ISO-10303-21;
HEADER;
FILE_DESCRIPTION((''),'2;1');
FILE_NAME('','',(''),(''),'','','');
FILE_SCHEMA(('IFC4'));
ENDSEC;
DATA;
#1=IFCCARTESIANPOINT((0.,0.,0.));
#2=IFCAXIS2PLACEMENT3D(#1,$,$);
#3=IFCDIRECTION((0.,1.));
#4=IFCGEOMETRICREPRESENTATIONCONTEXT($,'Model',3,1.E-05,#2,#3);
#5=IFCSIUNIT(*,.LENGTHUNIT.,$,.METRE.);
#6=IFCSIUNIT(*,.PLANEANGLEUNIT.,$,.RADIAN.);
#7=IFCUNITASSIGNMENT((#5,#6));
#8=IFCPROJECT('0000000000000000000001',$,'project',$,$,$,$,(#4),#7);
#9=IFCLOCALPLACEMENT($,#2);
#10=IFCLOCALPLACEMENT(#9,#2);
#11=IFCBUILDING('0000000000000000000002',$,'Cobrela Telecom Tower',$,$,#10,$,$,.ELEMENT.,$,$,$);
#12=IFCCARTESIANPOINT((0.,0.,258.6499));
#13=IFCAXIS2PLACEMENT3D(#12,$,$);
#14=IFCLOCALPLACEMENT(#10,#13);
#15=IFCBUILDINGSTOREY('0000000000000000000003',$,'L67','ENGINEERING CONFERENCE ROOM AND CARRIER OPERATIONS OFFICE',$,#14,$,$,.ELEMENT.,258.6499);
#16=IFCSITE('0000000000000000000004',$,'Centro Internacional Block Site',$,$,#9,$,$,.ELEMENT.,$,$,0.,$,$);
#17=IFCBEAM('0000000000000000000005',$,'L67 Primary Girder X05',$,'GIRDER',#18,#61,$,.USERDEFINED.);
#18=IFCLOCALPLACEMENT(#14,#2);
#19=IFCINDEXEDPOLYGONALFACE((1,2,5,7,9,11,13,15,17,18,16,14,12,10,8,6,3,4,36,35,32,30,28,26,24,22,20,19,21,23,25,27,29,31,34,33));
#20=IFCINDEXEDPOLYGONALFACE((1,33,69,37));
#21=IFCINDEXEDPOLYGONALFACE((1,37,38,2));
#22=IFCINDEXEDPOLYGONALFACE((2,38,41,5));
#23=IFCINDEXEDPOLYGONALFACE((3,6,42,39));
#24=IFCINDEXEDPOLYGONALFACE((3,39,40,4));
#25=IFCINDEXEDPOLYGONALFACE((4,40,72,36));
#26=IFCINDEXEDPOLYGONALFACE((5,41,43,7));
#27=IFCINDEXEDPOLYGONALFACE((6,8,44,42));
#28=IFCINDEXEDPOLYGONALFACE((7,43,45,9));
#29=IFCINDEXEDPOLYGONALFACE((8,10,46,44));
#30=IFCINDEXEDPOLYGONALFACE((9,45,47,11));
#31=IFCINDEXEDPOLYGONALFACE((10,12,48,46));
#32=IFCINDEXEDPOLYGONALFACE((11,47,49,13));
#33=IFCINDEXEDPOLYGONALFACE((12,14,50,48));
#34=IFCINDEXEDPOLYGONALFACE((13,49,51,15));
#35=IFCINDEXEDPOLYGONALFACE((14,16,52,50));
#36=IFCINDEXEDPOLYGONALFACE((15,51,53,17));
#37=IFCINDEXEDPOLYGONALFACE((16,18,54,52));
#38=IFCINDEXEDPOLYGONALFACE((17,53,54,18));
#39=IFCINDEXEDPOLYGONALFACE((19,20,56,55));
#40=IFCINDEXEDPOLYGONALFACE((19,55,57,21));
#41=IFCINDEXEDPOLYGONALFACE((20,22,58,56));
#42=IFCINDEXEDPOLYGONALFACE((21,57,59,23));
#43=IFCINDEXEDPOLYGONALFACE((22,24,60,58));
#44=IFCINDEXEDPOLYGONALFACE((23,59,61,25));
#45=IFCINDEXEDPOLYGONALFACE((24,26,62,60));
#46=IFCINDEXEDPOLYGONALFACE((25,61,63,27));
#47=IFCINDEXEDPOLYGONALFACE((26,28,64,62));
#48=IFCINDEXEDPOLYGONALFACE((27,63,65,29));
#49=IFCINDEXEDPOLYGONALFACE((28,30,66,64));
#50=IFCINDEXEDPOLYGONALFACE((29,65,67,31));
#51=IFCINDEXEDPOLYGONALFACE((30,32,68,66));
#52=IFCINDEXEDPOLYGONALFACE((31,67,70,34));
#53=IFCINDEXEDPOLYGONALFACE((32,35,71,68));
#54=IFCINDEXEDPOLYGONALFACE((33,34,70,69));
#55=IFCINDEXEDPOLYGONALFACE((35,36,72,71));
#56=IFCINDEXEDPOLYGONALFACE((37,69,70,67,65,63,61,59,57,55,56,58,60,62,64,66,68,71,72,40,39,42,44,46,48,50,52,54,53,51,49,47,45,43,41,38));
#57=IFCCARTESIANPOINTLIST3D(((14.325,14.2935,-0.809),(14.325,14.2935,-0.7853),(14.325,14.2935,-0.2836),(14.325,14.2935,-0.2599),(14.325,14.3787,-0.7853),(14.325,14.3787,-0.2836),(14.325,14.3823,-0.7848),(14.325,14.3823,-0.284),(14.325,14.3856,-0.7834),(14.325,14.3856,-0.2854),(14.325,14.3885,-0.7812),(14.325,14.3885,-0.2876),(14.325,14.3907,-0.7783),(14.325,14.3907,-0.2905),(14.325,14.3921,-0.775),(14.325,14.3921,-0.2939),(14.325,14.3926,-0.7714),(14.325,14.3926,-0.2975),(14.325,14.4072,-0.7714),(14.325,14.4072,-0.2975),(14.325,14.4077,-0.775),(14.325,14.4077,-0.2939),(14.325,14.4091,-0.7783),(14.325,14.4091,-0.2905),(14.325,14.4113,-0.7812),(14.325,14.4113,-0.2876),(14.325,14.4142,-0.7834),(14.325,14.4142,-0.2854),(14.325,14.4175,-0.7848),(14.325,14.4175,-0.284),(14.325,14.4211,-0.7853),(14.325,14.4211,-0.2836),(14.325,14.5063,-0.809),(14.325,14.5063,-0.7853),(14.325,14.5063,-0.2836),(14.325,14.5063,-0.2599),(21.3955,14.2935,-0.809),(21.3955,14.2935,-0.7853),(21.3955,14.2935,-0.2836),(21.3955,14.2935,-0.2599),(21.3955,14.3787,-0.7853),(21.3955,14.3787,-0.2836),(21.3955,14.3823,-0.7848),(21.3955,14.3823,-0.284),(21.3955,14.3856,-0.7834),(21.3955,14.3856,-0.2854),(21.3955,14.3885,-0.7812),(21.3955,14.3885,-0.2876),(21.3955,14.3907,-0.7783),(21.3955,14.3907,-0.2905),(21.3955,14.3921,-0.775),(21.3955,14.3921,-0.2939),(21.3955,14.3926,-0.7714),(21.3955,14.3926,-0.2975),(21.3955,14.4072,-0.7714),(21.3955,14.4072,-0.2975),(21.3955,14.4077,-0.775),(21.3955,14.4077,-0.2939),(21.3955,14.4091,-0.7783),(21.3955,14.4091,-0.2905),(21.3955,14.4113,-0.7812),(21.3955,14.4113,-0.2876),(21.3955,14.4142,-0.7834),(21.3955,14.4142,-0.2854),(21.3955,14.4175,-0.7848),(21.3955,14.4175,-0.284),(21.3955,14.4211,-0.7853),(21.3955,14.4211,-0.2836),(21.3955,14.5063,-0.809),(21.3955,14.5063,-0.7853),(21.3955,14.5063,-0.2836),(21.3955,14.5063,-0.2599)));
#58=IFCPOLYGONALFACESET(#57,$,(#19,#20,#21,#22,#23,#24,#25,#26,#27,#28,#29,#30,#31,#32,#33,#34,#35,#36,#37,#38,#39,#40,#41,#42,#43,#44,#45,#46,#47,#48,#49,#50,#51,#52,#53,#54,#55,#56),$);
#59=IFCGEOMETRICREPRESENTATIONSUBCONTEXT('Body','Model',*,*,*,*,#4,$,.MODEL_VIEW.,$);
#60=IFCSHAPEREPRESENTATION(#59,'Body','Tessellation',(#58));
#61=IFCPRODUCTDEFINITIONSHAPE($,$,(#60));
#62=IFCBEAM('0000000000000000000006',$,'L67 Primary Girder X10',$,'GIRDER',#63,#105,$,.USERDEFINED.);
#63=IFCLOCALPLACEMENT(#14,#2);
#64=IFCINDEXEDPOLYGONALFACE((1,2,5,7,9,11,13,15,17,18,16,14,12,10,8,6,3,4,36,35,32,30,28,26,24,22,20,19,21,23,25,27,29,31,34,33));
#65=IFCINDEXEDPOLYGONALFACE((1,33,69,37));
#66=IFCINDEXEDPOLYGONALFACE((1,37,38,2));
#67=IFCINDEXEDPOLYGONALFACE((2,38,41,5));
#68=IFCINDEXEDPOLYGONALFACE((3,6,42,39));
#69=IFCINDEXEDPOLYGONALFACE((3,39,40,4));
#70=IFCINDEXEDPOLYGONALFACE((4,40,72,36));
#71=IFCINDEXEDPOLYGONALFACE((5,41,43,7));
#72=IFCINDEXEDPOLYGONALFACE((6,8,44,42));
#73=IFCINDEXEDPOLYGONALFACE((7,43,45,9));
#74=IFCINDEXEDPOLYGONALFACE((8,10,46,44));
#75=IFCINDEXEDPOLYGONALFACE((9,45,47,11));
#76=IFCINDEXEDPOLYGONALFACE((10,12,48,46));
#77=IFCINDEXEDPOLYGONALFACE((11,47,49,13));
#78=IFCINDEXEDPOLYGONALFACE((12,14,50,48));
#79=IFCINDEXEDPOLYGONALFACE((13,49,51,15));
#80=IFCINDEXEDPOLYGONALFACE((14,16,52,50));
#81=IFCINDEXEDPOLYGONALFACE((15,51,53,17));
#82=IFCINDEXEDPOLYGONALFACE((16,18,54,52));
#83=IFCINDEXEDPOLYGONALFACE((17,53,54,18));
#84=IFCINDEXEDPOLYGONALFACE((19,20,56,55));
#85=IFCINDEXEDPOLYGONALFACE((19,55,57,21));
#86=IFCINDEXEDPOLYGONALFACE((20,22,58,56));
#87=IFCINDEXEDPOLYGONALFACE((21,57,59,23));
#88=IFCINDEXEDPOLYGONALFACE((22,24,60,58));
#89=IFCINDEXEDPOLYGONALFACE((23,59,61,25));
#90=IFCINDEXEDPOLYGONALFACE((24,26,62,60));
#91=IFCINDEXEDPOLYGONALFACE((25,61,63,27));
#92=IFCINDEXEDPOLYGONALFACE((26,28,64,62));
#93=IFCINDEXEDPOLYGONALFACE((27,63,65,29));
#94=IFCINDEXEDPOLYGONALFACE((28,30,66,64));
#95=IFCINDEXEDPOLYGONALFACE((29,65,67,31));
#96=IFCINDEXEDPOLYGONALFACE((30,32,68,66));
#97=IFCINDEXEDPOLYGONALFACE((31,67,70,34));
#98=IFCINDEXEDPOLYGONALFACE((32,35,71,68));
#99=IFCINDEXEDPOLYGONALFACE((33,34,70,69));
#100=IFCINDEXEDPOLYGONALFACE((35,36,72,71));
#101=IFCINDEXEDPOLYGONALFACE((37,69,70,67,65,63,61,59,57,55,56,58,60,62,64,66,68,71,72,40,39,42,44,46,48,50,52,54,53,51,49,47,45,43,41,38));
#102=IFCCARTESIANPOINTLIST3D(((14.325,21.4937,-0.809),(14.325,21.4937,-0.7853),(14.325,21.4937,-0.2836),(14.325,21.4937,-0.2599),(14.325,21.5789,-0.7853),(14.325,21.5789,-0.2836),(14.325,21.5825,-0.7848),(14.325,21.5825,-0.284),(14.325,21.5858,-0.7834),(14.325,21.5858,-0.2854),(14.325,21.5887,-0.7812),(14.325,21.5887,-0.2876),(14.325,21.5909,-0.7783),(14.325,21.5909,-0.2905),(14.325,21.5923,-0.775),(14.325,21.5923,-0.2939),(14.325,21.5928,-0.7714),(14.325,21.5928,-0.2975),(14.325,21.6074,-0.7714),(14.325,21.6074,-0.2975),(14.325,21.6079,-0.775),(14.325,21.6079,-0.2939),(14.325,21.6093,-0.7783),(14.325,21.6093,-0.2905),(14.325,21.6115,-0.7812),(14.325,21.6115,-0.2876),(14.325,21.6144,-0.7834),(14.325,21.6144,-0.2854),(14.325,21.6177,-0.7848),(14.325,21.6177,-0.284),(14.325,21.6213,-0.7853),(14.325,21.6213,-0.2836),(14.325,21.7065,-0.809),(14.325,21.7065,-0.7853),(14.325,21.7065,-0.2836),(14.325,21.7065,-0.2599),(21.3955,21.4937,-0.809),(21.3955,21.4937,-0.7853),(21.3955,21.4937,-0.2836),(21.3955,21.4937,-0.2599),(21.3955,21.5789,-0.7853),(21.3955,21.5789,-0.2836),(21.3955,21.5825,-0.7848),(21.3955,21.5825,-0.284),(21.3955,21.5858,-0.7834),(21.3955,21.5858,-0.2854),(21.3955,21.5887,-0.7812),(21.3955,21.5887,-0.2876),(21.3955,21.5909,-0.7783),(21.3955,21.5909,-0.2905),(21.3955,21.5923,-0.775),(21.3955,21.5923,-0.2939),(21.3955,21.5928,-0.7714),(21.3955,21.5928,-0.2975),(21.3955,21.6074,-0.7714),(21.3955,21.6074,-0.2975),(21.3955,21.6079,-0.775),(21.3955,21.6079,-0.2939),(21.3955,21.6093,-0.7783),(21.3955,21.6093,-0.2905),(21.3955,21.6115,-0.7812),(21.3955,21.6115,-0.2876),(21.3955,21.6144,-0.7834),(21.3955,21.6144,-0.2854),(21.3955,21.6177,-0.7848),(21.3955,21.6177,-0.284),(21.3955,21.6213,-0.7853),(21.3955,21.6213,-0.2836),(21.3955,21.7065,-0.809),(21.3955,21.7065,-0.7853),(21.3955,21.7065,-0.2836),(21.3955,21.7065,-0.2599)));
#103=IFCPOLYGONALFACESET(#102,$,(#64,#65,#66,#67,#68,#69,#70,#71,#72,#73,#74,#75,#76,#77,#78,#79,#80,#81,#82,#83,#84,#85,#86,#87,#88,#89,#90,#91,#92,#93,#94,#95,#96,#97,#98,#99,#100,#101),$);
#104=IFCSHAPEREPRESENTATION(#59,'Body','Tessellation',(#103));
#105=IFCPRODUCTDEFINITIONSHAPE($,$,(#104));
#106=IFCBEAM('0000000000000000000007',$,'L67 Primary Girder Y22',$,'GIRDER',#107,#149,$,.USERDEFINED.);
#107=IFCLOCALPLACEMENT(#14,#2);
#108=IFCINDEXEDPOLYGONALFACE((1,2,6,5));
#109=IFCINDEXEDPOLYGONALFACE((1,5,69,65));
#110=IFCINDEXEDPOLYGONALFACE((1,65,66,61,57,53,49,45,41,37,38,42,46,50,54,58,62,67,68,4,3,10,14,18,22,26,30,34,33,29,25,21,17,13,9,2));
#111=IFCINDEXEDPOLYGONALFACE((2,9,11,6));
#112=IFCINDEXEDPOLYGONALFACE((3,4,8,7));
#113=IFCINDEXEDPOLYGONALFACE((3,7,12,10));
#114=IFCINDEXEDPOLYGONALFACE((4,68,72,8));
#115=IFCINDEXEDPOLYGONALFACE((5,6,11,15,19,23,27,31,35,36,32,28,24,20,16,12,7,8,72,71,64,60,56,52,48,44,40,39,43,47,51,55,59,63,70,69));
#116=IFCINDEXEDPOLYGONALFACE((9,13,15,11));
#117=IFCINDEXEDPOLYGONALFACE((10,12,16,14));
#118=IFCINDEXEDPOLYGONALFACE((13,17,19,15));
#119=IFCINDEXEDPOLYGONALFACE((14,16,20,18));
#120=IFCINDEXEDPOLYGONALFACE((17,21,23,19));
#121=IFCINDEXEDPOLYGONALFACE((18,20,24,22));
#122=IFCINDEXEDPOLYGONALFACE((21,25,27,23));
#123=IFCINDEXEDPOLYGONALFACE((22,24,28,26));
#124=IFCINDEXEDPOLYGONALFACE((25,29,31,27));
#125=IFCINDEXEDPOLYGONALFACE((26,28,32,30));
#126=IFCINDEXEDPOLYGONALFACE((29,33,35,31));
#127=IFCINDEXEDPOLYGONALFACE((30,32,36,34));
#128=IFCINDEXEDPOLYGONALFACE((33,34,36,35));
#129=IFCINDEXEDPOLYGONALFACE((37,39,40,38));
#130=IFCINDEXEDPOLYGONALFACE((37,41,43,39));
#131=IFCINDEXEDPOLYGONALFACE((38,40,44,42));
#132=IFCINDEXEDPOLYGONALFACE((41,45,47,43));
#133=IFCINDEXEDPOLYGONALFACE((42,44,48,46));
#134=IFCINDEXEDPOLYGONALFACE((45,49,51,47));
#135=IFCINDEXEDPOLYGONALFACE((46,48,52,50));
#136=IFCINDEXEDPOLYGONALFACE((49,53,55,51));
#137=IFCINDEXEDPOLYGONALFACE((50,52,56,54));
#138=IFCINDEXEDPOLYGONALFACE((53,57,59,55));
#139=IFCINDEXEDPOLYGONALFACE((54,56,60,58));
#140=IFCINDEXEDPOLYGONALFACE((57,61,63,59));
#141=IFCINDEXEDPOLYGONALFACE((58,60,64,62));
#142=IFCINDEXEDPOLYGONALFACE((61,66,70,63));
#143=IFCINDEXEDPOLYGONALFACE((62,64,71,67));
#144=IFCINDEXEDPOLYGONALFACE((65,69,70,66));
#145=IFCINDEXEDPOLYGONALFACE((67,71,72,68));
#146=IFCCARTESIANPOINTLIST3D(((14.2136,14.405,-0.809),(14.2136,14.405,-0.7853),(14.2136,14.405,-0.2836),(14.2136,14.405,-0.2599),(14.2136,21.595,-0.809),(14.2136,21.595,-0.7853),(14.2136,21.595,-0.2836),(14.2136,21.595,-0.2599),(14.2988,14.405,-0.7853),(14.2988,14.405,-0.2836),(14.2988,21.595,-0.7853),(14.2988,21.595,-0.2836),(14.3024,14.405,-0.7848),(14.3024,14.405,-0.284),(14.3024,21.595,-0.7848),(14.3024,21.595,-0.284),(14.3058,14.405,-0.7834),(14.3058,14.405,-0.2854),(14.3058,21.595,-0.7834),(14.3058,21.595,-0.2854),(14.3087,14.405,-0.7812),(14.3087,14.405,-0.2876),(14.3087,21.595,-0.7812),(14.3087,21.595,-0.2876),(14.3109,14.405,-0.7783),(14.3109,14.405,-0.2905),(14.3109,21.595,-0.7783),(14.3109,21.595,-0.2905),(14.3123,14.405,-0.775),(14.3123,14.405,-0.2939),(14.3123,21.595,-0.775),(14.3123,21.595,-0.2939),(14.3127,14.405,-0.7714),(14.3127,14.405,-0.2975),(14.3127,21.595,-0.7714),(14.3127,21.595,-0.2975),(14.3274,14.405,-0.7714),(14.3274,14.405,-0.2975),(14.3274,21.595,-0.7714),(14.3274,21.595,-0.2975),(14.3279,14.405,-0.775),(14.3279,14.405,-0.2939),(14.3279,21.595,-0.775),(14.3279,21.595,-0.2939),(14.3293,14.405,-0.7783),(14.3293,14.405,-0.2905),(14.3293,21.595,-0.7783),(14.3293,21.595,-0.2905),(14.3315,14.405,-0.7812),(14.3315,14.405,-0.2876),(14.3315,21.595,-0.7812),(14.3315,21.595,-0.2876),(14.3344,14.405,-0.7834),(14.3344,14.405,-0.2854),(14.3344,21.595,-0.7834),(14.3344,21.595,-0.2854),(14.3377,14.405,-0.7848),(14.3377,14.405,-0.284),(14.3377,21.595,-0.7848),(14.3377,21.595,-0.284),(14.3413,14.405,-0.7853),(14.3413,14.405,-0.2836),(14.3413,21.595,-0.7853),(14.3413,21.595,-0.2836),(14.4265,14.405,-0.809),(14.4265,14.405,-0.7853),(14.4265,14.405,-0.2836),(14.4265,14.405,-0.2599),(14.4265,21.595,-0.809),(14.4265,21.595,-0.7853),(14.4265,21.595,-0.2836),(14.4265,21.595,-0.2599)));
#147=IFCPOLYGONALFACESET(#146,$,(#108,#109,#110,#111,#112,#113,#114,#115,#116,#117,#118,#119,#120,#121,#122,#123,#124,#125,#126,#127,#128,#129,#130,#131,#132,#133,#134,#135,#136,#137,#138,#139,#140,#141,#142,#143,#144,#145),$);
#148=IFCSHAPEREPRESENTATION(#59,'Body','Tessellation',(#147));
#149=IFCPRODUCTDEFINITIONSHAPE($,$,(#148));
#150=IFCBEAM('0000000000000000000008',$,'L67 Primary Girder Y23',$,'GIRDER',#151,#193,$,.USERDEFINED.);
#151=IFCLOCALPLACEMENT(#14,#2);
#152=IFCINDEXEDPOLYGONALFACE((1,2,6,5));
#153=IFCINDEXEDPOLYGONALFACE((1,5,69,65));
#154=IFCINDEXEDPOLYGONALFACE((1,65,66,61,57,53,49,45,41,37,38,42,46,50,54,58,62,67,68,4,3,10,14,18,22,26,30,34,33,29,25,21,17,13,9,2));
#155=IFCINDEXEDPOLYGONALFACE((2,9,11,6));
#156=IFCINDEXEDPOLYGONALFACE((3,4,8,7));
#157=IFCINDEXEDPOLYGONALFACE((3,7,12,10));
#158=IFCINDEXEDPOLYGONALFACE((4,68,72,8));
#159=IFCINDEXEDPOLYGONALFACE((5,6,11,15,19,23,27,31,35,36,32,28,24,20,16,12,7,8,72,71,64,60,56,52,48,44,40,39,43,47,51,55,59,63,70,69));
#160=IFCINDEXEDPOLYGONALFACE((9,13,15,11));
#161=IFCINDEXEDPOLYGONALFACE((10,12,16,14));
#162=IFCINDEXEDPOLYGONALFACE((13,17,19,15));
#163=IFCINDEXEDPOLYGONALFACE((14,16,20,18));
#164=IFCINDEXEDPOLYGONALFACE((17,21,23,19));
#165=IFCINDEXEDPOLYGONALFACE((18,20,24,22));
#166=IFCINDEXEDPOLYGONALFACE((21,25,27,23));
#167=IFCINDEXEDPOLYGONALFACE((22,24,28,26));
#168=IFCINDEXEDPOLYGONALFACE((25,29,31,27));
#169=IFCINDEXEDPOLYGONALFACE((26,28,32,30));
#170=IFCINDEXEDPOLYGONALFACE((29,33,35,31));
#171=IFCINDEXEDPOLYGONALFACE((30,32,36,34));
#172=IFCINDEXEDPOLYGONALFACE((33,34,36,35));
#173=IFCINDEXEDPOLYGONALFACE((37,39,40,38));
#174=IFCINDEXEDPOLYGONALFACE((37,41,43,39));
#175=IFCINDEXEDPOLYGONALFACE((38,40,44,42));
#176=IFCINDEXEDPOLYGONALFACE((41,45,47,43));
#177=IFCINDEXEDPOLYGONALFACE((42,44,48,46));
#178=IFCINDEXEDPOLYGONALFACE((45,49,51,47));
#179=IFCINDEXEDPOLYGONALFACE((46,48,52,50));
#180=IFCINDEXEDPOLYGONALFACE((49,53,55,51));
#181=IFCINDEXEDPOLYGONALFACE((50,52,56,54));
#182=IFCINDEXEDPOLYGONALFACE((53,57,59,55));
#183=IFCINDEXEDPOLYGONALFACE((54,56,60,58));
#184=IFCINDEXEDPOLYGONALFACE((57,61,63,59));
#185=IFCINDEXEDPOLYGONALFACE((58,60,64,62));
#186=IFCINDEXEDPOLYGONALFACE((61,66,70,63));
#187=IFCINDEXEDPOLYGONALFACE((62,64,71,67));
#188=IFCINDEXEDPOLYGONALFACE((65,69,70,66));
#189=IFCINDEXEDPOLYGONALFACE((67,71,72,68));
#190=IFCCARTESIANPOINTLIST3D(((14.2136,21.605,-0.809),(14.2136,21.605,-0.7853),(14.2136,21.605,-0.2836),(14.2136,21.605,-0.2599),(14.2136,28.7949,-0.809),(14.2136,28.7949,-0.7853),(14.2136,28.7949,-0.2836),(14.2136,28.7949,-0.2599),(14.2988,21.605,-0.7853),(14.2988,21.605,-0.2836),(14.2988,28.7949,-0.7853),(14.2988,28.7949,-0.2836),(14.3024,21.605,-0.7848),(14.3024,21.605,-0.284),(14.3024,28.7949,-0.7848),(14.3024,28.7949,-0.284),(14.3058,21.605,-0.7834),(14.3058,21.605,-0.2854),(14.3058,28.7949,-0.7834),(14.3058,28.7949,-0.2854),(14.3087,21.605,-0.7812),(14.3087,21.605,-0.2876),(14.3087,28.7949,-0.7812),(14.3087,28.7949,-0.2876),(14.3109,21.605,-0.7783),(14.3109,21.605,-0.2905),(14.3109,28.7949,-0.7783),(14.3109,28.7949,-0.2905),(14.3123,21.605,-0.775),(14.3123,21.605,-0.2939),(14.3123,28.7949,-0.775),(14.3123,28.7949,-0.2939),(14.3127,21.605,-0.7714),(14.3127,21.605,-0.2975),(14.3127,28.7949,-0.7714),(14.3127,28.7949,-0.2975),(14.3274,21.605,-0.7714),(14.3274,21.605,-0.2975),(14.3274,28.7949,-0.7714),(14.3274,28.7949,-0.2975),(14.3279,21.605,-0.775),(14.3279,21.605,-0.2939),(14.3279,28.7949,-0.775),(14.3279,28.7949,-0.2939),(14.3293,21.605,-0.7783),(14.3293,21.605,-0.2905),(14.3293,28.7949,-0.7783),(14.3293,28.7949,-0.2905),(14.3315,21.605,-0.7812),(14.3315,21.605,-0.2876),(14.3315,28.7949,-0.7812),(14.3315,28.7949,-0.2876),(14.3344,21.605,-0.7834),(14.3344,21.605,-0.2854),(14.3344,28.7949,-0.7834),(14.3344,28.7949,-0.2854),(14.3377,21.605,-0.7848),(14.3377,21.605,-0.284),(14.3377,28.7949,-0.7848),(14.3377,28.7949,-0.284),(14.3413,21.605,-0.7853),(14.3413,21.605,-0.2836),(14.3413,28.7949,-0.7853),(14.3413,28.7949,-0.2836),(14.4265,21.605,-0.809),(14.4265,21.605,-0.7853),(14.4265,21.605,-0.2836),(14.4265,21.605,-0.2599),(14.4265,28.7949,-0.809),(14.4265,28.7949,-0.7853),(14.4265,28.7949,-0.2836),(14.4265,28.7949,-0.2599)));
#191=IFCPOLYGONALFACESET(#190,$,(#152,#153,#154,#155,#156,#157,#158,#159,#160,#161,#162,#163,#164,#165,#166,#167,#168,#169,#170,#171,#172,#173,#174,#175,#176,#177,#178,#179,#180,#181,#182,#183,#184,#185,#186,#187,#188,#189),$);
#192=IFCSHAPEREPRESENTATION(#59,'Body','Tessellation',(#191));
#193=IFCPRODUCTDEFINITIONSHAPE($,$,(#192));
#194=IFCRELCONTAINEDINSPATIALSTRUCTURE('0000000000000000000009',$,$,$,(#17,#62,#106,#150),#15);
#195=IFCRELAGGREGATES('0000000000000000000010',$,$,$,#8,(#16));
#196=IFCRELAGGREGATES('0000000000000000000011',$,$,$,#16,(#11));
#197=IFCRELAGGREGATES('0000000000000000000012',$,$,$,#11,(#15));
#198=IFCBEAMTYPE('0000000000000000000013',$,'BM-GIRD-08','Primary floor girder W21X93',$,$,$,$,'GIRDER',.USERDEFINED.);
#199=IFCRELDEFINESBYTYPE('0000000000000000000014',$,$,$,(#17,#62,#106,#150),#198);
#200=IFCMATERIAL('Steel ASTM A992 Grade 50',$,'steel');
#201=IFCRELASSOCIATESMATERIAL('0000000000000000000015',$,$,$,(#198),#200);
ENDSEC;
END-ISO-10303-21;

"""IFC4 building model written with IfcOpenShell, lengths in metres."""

from ifc_helpers import new_model, si_unit, direction, frame, origin, origin_2d, place, context, subcontext, project, spatial, i_section, extrude, material, material_profile, profile_set, type_object, element, save


model = new_model("IFC4")

# Units and contexts
model_context = context("Model", 3, precision=1e-05, world=origin(), true_north=direction((0.0, 1.0)))
body_context = subcontext(model_context, "Body", "Model", "MODEL_VIEW")
ifc_project = project(units=[si_unit("LENGTHUNIT", "METRE"), si_unit("PLANEANGLEUNIT", "RADIAN")], contexts=[model_context])

# Site, building, storey
site_placement = place(None, origin())
site = spatial("IfcSite", under=ifc_project, at=site_placement, Name="Centro Internacional Block Site", CompositionType="ELEMENT", RefElevation=0.0)
building_placement = place(site_placement, origin())
building = spatial("IfcBuilding", under=site, at=building_placement, Name="Cobrela Telecom Tower", CompositionType="ELEMENT")
storey_placement = place(building_placement, frame((0.0, 0.0, 258.6499)))
storey = spatial("IfcBuildingStorey", under=building, at=storey_placement, Name="L67", Description="ENGINEERING CONFERENCE ROOM AND CARRIER OPERATIONS OFFICE", CompositionType="ELEMENT", Elevation=258.6499)

# Beams
ifc_material_1 = material(Name="Steel ASTM A992 Grade 50", Category="steel")
ifc_material_profile_1 = material_profile(ifc_material_1, i_section(OverallWidth=0.2129, OverallDepth=0.5491, WebThickness=0.0146, FlangeThickness=0.0237, FilletRadius=0.0139, at=origin_2d()), Name="W21X93")
ifc_profile_set_1 = profile_set([ifc_material_profile_1], Name="Steel ASTM A992 Grade 50")
beam_type_1 = type_object("IfcBeamType", Name="BM-GIRD-08", Description="Primary floor girder W21X93", ElementType="GIRDER", PredefinedType="USERDEFINED", material=ifc_profile_set_1)
for number, where, z_axis, x_axis, name in (
    (1, (14.325, 14.3999, -0.5344), (1.0, 0.0, 0.0), (0.0, 1.0, 0.0), "L67 Primary Girder X05"),
    (2, (14.325, 21.6001, -0.5344), (1.0, 0.0, 0.0), (0.0, 1.0, 0.0), "L67 Primary Girder X10"),
):
    element("IfcBeam", number, at=place(storey_placement, frame(where, z_axis=z_axis, x_axis=x_axis)), inside=storey, type_object=beam_type_1, Name=name, ObjectType="GIRDER", PredefinedType="USERDEFINED", context=body_context, shape_type="SweptSolid", body=[
        extrude(i_section(OverallWidth=0.2129, OverallDepth=0.5491, WebThickness=0.0146, FlangeThickness=0.0237, FilletRadius=0.0139, at=origin_2d()), origin(), (0.0, 0.0, 1.0), 7.0706),
    ])
for number, where, z_axis, x_axis, name in (
    (3, (14.3201, 14.405, -0.5344), (0.0, 1.0, 0.0), (-1.0, 0.0, 0.0), "L67 Primary Girder Y22"),
    (4, (14.3201, 21.605, -0.5344), (0.0, 1.0, 0.0), (-1.0, 0.0, 0.0), "L67 Primary Girder Y23"),
):
    element("IfcBeam", number, at=place(storey_placement, frame(where, z_axis=z_axis, x_axis=x_axis)), inside=storey, type_object=beam_type_1, Name=name, ObjectType="GIRDER", PredefinedType="USERDEFINED", context=body_context, shape_type="SweptSolid", body=[
        extrude(i_section(OverallWidth=0.2129, OverallDepth=0.5491, WebThickness=0.0146, FlangeThickness=0.0237, FilletRadius=0.0139, at=origin_2d()), origin(), (0.0, 0.0, 1.0), 7.1899),
    ])

save(model, "model.ifc")
